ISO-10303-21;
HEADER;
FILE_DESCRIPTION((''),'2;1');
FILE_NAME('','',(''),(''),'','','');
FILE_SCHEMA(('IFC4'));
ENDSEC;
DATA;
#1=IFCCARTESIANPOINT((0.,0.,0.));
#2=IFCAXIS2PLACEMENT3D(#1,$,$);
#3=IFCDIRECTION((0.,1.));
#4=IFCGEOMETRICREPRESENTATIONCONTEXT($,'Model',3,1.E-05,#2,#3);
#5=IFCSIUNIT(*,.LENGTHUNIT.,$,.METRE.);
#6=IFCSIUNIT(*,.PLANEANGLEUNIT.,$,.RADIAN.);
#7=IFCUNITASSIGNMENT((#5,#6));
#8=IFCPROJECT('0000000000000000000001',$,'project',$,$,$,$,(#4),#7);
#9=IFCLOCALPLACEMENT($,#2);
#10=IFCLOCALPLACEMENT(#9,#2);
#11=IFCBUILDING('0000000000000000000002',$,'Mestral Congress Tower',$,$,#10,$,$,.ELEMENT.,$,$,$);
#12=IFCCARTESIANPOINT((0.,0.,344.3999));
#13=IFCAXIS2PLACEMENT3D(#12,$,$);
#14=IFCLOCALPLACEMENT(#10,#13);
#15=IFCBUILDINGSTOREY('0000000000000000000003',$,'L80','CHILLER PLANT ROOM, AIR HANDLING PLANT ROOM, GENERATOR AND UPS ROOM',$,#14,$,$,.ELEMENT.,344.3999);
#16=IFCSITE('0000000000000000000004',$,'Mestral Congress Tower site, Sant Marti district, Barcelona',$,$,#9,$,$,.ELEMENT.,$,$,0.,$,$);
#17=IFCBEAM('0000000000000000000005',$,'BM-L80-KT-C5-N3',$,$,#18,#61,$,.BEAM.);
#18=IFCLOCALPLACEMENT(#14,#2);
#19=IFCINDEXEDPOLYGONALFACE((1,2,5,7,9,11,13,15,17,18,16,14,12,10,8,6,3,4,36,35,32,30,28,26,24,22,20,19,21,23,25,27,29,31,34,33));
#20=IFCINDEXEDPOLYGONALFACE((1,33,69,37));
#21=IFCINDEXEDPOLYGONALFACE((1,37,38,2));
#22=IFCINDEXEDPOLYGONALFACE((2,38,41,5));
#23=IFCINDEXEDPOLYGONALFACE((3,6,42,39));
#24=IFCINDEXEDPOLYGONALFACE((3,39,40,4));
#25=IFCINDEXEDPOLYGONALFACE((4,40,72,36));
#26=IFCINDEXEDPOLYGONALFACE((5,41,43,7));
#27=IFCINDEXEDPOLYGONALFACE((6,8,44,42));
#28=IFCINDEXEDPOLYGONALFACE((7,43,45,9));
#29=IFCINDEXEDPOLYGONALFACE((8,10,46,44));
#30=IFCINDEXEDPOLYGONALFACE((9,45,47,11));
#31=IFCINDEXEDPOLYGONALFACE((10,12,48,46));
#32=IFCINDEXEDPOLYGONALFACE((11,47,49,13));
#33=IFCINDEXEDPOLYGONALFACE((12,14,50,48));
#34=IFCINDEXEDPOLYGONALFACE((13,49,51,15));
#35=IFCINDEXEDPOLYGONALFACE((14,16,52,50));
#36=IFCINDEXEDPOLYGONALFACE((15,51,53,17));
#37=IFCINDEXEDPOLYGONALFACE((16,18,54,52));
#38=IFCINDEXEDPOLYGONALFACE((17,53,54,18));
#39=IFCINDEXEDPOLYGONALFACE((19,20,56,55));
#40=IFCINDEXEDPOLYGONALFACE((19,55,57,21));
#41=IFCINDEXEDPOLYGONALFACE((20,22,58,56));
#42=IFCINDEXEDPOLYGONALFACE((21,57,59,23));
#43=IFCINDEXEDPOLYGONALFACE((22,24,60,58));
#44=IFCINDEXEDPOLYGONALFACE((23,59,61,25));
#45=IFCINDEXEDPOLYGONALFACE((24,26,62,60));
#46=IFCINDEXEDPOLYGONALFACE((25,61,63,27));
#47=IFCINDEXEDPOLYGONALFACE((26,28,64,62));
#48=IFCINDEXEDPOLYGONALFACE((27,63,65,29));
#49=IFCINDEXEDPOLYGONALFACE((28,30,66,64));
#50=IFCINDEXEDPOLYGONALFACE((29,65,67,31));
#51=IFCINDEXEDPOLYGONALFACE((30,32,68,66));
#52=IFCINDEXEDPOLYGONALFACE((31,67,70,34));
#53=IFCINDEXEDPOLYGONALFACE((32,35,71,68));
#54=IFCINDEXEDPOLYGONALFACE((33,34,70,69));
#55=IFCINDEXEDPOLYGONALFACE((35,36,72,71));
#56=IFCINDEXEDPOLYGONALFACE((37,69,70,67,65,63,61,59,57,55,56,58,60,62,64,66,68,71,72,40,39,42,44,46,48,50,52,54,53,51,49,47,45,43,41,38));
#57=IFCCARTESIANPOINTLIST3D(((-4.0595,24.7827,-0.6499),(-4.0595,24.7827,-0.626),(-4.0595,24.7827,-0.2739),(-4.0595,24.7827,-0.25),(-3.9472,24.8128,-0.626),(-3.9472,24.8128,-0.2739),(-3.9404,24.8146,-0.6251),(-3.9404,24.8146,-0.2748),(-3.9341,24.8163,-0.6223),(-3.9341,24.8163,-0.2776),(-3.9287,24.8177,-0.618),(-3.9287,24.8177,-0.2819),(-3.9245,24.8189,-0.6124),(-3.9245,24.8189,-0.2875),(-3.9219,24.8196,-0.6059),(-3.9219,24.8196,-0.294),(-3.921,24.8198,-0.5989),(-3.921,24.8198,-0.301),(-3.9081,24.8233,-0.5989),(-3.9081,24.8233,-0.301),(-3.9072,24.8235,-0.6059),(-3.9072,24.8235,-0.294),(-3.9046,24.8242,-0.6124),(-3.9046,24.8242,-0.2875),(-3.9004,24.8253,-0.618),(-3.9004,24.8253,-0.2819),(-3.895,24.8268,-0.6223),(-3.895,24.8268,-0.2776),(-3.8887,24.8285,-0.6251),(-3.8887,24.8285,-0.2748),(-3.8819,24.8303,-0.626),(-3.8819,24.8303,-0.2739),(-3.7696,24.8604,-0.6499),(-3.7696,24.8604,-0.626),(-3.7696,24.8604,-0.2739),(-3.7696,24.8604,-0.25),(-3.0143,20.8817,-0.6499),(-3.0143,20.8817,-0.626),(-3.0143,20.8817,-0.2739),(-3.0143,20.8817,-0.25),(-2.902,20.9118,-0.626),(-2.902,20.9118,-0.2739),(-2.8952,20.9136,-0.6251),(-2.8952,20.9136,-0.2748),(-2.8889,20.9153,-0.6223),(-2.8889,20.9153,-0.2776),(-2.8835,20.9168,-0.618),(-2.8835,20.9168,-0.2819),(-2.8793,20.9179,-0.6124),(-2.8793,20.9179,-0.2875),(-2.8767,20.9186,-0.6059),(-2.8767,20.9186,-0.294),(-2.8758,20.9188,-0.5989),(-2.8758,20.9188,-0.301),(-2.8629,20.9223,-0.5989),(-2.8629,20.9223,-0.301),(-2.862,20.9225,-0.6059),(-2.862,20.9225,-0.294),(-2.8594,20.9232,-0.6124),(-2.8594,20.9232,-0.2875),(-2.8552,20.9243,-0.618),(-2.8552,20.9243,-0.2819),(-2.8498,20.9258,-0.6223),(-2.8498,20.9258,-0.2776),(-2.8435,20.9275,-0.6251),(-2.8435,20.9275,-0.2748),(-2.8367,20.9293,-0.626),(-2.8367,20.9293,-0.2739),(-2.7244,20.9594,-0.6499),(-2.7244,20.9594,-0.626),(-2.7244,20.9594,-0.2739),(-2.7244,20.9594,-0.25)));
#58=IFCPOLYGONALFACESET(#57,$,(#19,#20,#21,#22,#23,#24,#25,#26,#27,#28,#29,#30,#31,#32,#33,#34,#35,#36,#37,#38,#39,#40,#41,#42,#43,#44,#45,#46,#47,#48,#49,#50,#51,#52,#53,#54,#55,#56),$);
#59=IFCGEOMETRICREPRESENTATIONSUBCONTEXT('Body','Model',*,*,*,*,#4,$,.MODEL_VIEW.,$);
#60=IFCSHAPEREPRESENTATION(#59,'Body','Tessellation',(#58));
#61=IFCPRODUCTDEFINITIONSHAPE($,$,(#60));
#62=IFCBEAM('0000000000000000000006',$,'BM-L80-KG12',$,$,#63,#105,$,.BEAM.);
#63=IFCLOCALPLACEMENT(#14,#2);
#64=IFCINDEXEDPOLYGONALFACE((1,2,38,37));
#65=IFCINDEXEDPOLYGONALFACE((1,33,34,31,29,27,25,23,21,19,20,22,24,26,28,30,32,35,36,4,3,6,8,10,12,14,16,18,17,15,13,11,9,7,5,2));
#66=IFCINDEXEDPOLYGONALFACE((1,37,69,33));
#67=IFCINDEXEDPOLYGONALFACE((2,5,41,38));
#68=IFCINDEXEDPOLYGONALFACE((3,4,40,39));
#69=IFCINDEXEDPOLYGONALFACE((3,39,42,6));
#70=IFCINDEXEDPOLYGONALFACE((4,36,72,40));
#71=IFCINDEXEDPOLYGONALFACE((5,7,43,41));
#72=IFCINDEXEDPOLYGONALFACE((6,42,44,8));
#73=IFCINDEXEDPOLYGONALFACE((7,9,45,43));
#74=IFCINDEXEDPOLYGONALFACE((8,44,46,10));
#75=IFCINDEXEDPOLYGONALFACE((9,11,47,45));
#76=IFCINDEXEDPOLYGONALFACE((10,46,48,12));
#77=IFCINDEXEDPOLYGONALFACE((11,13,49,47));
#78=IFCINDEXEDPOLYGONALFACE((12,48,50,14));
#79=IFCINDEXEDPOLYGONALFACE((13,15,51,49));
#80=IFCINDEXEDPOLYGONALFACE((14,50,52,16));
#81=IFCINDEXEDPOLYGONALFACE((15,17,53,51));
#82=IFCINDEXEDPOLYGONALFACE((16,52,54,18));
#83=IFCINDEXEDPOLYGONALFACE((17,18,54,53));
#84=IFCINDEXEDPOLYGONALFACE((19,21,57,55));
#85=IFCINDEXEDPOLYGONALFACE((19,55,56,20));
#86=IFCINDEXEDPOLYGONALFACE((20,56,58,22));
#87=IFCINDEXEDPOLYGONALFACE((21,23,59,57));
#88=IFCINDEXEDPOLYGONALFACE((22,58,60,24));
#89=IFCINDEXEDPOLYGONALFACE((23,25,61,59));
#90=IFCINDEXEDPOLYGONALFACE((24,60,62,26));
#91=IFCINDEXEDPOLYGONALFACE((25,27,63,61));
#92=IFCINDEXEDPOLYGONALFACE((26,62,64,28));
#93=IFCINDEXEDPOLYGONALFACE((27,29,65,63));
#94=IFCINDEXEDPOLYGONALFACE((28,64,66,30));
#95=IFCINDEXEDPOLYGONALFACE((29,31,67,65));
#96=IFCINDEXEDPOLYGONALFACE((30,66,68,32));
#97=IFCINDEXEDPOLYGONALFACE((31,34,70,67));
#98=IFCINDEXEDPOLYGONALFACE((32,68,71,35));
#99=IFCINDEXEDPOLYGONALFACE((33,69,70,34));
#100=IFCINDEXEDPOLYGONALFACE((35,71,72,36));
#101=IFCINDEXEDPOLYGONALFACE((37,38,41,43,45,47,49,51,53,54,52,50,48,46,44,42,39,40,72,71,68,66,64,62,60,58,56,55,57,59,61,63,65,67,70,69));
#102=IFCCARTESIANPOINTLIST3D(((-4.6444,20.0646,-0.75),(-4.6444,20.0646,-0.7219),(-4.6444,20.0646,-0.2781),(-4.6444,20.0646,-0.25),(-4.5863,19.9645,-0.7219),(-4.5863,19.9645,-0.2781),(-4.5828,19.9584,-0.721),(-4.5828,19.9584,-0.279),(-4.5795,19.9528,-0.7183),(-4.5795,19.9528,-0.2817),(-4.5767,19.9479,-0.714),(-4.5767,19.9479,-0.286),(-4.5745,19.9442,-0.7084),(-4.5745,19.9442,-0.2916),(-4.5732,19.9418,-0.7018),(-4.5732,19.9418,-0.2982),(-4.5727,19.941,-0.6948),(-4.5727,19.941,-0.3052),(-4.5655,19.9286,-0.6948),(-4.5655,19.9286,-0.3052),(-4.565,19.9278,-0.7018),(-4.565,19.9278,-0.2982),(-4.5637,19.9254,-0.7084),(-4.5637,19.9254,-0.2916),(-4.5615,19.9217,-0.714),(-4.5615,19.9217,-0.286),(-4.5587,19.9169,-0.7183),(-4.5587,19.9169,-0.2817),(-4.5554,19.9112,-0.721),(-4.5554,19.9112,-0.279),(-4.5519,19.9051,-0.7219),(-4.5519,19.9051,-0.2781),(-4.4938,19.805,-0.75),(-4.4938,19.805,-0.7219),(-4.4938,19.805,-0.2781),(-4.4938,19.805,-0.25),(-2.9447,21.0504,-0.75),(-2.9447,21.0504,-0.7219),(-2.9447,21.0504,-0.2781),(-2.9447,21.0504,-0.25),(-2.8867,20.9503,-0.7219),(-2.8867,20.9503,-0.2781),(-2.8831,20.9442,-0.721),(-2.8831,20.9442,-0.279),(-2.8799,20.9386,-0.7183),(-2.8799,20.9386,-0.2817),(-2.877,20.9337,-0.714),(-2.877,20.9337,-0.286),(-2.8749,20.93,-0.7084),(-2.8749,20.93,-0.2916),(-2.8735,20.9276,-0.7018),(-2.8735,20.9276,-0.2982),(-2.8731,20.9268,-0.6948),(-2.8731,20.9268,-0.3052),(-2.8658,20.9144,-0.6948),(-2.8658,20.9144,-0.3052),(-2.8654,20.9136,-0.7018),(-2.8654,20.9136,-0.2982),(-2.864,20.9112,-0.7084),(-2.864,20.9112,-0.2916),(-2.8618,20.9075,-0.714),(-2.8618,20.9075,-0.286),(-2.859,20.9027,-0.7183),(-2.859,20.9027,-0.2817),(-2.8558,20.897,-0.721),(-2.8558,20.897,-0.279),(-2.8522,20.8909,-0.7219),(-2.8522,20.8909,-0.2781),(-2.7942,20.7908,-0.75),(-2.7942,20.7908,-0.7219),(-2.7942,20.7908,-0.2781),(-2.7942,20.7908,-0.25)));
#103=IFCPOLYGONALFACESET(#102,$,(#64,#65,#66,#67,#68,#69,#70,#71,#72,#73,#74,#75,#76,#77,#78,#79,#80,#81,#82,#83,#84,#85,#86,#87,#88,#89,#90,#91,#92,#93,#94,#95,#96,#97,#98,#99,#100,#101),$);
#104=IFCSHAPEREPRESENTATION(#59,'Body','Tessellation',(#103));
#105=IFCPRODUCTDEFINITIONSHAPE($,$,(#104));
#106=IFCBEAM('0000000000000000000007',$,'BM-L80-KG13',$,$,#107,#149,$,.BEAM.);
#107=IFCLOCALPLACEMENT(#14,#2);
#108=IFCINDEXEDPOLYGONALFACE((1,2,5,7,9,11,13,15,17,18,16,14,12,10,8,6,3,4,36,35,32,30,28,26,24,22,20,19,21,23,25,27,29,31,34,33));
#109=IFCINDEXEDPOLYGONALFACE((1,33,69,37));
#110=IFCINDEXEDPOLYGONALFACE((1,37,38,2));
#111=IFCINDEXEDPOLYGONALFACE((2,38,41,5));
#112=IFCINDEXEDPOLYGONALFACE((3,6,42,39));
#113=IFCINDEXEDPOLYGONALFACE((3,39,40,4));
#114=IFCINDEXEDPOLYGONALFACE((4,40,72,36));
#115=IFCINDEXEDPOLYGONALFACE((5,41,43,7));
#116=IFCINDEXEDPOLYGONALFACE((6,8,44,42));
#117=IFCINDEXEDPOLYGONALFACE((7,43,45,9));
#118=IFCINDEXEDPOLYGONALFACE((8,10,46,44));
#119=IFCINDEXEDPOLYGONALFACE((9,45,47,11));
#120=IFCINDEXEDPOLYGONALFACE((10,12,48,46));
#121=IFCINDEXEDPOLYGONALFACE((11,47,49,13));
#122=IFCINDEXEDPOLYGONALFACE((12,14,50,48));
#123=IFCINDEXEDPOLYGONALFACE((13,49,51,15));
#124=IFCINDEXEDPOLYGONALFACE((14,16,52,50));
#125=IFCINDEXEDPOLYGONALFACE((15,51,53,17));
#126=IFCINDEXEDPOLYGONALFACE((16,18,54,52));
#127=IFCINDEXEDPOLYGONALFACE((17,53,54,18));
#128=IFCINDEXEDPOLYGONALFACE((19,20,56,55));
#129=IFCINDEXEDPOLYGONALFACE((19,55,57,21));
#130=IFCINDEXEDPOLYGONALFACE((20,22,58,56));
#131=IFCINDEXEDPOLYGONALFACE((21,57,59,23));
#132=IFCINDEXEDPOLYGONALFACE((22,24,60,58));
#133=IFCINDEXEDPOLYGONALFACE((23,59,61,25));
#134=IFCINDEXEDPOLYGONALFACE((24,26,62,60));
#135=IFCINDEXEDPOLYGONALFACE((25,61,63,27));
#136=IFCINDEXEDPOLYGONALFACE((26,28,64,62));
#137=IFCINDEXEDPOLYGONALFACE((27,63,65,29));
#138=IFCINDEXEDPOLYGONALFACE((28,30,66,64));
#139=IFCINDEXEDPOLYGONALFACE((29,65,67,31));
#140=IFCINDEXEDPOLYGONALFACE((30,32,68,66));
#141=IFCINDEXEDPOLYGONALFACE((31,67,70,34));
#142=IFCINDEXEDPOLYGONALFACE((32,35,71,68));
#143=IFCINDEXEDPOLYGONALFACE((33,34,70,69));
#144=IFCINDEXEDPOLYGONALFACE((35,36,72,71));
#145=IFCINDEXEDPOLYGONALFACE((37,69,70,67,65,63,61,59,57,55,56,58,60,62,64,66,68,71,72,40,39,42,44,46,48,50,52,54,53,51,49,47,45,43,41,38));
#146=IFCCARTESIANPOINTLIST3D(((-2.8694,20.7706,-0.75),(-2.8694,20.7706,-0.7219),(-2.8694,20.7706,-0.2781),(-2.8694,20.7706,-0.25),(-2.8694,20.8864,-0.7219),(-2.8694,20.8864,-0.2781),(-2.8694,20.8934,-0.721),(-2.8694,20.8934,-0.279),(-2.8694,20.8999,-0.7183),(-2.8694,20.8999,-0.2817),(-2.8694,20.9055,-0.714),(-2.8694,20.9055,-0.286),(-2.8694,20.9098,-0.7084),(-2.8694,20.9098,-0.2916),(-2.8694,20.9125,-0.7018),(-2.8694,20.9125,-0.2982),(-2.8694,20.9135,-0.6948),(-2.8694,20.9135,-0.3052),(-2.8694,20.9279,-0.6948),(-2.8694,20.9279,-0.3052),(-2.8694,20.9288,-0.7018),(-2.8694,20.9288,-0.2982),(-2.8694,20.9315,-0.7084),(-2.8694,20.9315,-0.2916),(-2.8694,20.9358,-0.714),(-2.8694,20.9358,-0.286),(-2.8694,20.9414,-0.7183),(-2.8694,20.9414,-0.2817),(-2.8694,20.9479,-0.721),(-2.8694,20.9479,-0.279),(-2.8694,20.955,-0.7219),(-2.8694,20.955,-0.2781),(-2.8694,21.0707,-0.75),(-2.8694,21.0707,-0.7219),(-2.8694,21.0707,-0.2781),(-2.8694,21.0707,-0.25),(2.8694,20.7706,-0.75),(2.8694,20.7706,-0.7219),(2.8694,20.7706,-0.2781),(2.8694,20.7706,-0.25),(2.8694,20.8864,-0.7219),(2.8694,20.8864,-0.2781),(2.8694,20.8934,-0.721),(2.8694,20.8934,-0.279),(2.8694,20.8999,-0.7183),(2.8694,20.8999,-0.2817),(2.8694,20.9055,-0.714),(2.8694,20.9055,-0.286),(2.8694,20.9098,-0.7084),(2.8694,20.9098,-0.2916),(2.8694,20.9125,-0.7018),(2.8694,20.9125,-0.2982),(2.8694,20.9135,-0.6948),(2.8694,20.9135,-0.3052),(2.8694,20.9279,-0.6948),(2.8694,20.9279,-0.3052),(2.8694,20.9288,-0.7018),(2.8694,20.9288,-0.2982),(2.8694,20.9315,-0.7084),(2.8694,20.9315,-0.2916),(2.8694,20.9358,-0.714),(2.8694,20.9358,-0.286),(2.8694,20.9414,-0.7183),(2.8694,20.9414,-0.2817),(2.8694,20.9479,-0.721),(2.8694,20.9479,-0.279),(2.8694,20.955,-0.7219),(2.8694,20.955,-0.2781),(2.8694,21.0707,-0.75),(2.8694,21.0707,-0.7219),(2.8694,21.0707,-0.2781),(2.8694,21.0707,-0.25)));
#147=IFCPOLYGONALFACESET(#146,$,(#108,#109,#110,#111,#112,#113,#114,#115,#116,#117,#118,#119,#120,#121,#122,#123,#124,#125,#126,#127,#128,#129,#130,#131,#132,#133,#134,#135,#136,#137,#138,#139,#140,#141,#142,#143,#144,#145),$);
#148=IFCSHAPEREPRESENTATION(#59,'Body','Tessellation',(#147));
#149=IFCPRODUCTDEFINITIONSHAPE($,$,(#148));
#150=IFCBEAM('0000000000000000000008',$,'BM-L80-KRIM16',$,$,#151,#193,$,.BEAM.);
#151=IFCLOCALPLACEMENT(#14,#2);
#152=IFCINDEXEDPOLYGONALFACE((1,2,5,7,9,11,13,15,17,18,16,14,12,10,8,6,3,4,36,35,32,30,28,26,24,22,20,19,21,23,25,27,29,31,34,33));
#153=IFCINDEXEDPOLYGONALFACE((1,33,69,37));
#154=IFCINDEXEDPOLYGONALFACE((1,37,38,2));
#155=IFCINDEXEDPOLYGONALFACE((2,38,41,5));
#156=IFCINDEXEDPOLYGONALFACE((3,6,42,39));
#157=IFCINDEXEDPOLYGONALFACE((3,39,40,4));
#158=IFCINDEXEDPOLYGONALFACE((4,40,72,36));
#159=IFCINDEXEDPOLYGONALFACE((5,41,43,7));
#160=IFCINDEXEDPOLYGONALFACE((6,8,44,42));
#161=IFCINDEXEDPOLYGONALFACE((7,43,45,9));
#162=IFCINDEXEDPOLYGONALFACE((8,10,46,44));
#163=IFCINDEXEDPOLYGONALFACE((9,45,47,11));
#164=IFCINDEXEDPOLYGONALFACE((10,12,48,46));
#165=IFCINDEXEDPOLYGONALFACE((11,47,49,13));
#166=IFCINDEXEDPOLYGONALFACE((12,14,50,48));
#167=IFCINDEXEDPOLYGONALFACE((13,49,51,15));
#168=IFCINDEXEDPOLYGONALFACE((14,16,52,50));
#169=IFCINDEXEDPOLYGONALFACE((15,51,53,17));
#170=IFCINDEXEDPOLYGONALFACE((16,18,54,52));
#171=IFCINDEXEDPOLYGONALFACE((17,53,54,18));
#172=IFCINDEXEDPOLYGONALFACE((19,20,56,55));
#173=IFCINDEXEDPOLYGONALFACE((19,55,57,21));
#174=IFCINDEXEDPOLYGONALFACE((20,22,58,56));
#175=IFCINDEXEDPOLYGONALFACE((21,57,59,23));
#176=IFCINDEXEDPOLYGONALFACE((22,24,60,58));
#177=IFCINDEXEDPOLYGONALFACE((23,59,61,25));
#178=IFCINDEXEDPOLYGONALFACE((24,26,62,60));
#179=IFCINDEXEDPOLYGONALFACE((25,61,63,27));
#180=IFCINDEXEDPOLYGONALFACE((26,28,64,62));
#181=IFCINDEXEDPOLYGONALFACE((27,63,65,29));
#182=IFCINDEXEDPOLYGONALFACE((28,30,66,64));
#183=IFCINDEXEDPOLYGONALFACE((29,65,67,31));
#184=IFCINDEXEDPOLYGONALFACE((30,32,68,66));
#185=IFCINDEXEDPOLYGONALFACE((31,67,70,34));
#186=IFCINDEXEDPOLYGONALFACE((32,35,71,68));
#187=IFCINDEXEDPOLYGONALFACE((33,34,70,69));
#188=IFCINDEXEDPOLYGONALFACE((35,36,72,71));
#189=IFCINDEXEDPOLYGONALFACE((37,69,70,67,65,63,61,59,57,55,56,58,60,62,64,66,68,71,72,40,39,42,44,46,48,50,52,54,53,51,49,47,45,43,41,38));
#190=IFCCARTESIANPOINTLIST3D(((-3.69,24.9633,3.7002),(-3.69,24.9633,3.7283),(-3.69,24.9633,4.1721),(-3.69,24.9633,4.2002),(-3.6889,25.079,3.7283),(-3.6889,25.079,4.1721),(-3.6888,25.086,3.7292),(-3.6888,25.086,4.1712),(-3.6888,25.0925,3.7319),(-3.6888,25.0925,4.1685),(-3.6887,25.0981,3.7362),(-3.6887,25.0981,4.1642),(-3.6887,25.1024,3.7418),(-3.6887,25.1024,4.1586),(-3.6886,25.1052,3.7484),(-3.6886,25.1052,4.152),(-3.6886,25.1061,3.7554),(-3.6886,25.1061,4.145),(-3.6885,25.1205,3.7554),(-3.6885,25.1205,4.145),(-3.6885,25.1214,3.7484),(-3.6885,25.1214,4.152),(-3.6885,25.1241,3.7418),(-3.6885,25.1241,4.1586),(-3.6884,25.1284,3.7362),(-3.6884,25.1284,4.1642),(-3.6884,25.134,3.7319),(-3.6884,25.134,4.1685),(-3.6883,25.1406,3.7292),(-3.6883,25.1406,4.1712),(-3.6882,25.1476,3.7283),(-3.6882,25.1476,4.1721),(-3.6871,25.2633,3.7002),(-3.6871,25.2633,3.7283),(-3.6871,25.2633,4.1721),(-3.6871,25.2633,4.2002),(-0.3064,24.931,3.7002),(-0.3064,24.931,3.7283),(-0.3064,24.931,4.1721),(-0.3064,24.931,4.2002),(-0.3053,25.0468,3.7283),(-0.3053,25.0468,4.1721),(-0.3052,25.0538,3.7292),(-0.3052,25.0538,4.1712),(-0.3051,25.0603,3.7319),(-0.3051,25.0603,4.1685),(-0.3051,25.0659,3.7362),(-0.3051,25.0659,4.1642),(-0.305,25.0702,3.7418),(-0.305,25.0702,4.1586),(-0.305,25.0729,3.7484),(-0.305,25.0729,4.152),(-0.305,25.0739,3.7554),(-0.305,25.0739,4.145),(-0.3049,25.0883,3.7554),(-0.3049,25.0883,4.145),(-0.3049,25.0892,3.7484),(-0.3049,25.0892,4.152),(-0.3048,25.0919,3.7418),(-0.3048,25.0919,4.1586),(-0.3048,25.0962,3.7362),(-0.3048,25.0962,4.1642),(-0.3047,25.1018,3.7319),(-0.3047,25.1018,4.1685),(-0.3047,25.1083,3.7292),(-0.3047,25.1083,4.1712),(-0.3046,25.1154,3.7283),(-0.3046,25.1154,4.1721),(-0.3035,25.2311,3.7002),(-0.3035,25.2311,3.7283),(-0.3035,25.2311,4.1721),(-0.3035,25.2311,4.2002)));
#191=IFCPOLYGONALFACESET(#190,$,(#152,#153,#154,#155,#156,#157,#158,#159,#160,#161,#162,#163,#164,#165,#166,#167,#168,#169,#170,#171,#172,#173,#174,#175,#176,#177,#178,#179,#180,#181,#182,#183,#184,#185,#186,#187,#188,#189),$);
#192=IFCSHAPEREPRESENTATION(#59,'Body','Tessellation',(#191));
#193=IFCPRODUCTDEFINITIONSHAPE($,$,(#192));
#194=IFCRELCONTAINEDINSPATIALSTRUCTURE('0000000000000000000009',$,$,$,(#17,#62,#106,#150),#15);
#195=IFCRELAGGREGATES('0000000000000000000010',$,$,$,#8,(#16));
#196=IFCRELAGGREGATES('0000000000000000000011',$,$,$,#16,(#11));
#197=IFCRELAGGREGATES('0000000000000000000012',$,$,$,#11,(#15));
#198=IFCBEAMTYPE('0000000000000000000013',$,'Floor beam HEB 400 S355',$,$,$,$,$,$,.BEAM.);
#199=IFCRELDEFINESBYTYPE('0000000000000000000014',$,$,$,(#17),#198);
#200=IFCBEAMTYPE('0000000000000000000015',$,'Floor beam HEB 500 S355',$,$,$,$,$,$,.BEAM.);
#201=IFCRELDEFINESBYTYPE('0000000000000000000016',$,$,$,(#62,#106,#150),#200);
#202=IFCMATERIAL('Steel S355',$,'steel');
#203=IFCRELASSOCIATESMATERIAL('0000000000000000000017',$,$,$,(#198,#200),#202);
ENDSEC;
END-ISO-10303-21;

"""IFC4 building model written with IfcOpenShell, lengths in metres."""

from ifc_helpers import new_model, si_unit, direction, frame, origin, origin_2d, place, context, subcontext, project, spatial, i_section, extrude, material, material_profile, profile_set, type_object, element, save


model = new_model("IFC4")

# Units and contexts
model_context = context("Model", 3, precision=1e-05, world=origin(), true_north=direction((0.0, 1.0)))
body_context = subcontext(model_context, "Body", "Model", "MODEL_VIEW")
ifc_project = project(units=[si_unit("LENGTHUNIT", "METRE"), si_unit("PLANEANGLEUNIT", "RADIAN")], contexts=[model_context])

# Site, building, storey
site_placement = place(None, origin())
site = spatial("IfcSite", under=ifc_project, at=site_placement, Name="Mestral Congress Tower site, Sant Marti district, Barcelona", CompositionType="ELEMENT", RefElevation=0.0)
building_placement = place(site_placement, origin())
building = spatial("IfcBuilding", under=site, at=building_placement, Name="Mestral Congress Tower", CompositionType="ELEMENT")
storey_placement = place(building_placement, frame((0.0, 0.0, 344.3999)))
storey = spatial("IfcBuildingStorey", under=building, at=storey_placement, Name="L80", Description="CHILLER PLANT ROOM, AIR HANDLING PLANT ROOM, GENERATOR AND UPS ROOM", CompositionType="ELEMENT", Elevation=344.3999)

# Shared definitions
ifc_material_1 = material(Name="Steel S355", Category="steel")

# Beams
ifc_material_profile_1 = material_profile(ifc_material_1, i_section(OverallWidth=0.3, OverallDepth=0.3999, WebThickness=0.0134, FlangeThickness=0.0239, FilletRadius=0.0271, at=origin_2d()), Name="HEB 400")
ifc_profile_set_1 = profile_set([ifc_material_profile_1], Name="Steel S355")
beam_type_1 = type_object("IfcBeamType", Name="Floor beam HEB 400 S355", PredefinedType="BEAM", material=ifc_profile_set_1)
beam_1_placement = place(storey_placement, frame((-3.9146, 24.8215, -0.45), z_axis=(0.258803, -0.96593, 0.0), x_axis=(0.96593, 0.258803, 0.0)))
element("IfcBeam", 1, at=beam_1_placement, inside=storey, type_object=beam_type_1, Name="BM-L80-KT-C5-N3", PredefinedType="BEAM", context=body_context, shape_type="SweptSolid", body=[
    extrude(i_section(OverallWidth=0.3, OverallDepth=0.3999, WebThickness=0.0134, FlangeThickness=0.0239, FilletRadius=0.0271, at=origin_2d()), origin(), (0.0, 0.0, 1.0), 4.0386),
])
ifc_material_profile_2 = material_profile(ifc_material_1, i_section(OverallWidth=0.3, OverallDepth=0.5, WebThickness=0.0144, FlangeThickness=0.0281, FilletRadius=0.0271, at=origin_2d()), Name="HEB 500")
ifc_profile_set_2 = profile_set([ifc_material_profile_2], Name="Steel S355")
beam_type_2 = type_object("IfcBeamType", Name="Floor beam HEB 500 S355", PredefinedType="BEAM", material=ifc_profile_set_2)
beam_2_placement = place(storey_placement, frame((-4.5691, 19.9348, -0.5), z_axis=(0.865029, 0.501722, 0.0), x_axis=(-0.501722, 0.865029, 0.0)))
element("IfcBeam", 2, at=beam_2_placement, inside=storey, type_object=beam_type_2, Name="BM-L80-KG12", PredefinedType="BEAM", context=body_context, shape_type="SweptSolid", body=[
    extrude(i_section(OverallWidth=0.3, OverallDepth=0.5, WebThickness=0.0144, FlangeThickness=0.0281, FilletRadius=0.0271, at=origin_2d()), origin(), (0.0, 0.0, 1.0), 1.9648),
])
beam_3_placement = place(storey_placement, frame((-2.8694, 20.9207, -0.5), z_axis=(1.0, 0.0, 0.0), x_axis=(0.0, 1.0, 0.0)))
element("IfcBeam", 3, at=beam_3_placement, inside=storey, type_object=beam_type_2, Name="BM-L80-KG13", PredefinedType="BEAM", context=body_context, shape_type="SweptSolid", body=[
    extrude(i_section(OverallWidth=0.3, OverallDepth=0.5, WebThickness=0.0144, FlangeThickness=0.0281, FilletRadius=0.0271, at=origin_2d()), origin(), (0.0, 0.0, 1.0), 5.7388),
])
beam_4_placement = place(storey_placement, frame((-0.3049, 25.0811, 3.9502), z_axis=(-0.999955, 0.009524, 0.0), x_axis=(-0.009524, -0.999955, 0.0)))
element("IfcBeam", 4, at=beam_4_placement, inside=storey, type_object=beam_type_2, Name="BM-L80-KRIM16", PredefinedType="BEAM", context=body_context, shape_type="SweptSolid", body=[
    extrude(i_section(OverallWidth=0.3, OverallDepth=0.5, WebThickness=0.0144, FlangeThickness=0.0281, FilletRadius=0.0271, at=origin_2d()), origin(), (0.0, 0.0, 1.0), 3.3838),
])

save(model, "model.ifc")
